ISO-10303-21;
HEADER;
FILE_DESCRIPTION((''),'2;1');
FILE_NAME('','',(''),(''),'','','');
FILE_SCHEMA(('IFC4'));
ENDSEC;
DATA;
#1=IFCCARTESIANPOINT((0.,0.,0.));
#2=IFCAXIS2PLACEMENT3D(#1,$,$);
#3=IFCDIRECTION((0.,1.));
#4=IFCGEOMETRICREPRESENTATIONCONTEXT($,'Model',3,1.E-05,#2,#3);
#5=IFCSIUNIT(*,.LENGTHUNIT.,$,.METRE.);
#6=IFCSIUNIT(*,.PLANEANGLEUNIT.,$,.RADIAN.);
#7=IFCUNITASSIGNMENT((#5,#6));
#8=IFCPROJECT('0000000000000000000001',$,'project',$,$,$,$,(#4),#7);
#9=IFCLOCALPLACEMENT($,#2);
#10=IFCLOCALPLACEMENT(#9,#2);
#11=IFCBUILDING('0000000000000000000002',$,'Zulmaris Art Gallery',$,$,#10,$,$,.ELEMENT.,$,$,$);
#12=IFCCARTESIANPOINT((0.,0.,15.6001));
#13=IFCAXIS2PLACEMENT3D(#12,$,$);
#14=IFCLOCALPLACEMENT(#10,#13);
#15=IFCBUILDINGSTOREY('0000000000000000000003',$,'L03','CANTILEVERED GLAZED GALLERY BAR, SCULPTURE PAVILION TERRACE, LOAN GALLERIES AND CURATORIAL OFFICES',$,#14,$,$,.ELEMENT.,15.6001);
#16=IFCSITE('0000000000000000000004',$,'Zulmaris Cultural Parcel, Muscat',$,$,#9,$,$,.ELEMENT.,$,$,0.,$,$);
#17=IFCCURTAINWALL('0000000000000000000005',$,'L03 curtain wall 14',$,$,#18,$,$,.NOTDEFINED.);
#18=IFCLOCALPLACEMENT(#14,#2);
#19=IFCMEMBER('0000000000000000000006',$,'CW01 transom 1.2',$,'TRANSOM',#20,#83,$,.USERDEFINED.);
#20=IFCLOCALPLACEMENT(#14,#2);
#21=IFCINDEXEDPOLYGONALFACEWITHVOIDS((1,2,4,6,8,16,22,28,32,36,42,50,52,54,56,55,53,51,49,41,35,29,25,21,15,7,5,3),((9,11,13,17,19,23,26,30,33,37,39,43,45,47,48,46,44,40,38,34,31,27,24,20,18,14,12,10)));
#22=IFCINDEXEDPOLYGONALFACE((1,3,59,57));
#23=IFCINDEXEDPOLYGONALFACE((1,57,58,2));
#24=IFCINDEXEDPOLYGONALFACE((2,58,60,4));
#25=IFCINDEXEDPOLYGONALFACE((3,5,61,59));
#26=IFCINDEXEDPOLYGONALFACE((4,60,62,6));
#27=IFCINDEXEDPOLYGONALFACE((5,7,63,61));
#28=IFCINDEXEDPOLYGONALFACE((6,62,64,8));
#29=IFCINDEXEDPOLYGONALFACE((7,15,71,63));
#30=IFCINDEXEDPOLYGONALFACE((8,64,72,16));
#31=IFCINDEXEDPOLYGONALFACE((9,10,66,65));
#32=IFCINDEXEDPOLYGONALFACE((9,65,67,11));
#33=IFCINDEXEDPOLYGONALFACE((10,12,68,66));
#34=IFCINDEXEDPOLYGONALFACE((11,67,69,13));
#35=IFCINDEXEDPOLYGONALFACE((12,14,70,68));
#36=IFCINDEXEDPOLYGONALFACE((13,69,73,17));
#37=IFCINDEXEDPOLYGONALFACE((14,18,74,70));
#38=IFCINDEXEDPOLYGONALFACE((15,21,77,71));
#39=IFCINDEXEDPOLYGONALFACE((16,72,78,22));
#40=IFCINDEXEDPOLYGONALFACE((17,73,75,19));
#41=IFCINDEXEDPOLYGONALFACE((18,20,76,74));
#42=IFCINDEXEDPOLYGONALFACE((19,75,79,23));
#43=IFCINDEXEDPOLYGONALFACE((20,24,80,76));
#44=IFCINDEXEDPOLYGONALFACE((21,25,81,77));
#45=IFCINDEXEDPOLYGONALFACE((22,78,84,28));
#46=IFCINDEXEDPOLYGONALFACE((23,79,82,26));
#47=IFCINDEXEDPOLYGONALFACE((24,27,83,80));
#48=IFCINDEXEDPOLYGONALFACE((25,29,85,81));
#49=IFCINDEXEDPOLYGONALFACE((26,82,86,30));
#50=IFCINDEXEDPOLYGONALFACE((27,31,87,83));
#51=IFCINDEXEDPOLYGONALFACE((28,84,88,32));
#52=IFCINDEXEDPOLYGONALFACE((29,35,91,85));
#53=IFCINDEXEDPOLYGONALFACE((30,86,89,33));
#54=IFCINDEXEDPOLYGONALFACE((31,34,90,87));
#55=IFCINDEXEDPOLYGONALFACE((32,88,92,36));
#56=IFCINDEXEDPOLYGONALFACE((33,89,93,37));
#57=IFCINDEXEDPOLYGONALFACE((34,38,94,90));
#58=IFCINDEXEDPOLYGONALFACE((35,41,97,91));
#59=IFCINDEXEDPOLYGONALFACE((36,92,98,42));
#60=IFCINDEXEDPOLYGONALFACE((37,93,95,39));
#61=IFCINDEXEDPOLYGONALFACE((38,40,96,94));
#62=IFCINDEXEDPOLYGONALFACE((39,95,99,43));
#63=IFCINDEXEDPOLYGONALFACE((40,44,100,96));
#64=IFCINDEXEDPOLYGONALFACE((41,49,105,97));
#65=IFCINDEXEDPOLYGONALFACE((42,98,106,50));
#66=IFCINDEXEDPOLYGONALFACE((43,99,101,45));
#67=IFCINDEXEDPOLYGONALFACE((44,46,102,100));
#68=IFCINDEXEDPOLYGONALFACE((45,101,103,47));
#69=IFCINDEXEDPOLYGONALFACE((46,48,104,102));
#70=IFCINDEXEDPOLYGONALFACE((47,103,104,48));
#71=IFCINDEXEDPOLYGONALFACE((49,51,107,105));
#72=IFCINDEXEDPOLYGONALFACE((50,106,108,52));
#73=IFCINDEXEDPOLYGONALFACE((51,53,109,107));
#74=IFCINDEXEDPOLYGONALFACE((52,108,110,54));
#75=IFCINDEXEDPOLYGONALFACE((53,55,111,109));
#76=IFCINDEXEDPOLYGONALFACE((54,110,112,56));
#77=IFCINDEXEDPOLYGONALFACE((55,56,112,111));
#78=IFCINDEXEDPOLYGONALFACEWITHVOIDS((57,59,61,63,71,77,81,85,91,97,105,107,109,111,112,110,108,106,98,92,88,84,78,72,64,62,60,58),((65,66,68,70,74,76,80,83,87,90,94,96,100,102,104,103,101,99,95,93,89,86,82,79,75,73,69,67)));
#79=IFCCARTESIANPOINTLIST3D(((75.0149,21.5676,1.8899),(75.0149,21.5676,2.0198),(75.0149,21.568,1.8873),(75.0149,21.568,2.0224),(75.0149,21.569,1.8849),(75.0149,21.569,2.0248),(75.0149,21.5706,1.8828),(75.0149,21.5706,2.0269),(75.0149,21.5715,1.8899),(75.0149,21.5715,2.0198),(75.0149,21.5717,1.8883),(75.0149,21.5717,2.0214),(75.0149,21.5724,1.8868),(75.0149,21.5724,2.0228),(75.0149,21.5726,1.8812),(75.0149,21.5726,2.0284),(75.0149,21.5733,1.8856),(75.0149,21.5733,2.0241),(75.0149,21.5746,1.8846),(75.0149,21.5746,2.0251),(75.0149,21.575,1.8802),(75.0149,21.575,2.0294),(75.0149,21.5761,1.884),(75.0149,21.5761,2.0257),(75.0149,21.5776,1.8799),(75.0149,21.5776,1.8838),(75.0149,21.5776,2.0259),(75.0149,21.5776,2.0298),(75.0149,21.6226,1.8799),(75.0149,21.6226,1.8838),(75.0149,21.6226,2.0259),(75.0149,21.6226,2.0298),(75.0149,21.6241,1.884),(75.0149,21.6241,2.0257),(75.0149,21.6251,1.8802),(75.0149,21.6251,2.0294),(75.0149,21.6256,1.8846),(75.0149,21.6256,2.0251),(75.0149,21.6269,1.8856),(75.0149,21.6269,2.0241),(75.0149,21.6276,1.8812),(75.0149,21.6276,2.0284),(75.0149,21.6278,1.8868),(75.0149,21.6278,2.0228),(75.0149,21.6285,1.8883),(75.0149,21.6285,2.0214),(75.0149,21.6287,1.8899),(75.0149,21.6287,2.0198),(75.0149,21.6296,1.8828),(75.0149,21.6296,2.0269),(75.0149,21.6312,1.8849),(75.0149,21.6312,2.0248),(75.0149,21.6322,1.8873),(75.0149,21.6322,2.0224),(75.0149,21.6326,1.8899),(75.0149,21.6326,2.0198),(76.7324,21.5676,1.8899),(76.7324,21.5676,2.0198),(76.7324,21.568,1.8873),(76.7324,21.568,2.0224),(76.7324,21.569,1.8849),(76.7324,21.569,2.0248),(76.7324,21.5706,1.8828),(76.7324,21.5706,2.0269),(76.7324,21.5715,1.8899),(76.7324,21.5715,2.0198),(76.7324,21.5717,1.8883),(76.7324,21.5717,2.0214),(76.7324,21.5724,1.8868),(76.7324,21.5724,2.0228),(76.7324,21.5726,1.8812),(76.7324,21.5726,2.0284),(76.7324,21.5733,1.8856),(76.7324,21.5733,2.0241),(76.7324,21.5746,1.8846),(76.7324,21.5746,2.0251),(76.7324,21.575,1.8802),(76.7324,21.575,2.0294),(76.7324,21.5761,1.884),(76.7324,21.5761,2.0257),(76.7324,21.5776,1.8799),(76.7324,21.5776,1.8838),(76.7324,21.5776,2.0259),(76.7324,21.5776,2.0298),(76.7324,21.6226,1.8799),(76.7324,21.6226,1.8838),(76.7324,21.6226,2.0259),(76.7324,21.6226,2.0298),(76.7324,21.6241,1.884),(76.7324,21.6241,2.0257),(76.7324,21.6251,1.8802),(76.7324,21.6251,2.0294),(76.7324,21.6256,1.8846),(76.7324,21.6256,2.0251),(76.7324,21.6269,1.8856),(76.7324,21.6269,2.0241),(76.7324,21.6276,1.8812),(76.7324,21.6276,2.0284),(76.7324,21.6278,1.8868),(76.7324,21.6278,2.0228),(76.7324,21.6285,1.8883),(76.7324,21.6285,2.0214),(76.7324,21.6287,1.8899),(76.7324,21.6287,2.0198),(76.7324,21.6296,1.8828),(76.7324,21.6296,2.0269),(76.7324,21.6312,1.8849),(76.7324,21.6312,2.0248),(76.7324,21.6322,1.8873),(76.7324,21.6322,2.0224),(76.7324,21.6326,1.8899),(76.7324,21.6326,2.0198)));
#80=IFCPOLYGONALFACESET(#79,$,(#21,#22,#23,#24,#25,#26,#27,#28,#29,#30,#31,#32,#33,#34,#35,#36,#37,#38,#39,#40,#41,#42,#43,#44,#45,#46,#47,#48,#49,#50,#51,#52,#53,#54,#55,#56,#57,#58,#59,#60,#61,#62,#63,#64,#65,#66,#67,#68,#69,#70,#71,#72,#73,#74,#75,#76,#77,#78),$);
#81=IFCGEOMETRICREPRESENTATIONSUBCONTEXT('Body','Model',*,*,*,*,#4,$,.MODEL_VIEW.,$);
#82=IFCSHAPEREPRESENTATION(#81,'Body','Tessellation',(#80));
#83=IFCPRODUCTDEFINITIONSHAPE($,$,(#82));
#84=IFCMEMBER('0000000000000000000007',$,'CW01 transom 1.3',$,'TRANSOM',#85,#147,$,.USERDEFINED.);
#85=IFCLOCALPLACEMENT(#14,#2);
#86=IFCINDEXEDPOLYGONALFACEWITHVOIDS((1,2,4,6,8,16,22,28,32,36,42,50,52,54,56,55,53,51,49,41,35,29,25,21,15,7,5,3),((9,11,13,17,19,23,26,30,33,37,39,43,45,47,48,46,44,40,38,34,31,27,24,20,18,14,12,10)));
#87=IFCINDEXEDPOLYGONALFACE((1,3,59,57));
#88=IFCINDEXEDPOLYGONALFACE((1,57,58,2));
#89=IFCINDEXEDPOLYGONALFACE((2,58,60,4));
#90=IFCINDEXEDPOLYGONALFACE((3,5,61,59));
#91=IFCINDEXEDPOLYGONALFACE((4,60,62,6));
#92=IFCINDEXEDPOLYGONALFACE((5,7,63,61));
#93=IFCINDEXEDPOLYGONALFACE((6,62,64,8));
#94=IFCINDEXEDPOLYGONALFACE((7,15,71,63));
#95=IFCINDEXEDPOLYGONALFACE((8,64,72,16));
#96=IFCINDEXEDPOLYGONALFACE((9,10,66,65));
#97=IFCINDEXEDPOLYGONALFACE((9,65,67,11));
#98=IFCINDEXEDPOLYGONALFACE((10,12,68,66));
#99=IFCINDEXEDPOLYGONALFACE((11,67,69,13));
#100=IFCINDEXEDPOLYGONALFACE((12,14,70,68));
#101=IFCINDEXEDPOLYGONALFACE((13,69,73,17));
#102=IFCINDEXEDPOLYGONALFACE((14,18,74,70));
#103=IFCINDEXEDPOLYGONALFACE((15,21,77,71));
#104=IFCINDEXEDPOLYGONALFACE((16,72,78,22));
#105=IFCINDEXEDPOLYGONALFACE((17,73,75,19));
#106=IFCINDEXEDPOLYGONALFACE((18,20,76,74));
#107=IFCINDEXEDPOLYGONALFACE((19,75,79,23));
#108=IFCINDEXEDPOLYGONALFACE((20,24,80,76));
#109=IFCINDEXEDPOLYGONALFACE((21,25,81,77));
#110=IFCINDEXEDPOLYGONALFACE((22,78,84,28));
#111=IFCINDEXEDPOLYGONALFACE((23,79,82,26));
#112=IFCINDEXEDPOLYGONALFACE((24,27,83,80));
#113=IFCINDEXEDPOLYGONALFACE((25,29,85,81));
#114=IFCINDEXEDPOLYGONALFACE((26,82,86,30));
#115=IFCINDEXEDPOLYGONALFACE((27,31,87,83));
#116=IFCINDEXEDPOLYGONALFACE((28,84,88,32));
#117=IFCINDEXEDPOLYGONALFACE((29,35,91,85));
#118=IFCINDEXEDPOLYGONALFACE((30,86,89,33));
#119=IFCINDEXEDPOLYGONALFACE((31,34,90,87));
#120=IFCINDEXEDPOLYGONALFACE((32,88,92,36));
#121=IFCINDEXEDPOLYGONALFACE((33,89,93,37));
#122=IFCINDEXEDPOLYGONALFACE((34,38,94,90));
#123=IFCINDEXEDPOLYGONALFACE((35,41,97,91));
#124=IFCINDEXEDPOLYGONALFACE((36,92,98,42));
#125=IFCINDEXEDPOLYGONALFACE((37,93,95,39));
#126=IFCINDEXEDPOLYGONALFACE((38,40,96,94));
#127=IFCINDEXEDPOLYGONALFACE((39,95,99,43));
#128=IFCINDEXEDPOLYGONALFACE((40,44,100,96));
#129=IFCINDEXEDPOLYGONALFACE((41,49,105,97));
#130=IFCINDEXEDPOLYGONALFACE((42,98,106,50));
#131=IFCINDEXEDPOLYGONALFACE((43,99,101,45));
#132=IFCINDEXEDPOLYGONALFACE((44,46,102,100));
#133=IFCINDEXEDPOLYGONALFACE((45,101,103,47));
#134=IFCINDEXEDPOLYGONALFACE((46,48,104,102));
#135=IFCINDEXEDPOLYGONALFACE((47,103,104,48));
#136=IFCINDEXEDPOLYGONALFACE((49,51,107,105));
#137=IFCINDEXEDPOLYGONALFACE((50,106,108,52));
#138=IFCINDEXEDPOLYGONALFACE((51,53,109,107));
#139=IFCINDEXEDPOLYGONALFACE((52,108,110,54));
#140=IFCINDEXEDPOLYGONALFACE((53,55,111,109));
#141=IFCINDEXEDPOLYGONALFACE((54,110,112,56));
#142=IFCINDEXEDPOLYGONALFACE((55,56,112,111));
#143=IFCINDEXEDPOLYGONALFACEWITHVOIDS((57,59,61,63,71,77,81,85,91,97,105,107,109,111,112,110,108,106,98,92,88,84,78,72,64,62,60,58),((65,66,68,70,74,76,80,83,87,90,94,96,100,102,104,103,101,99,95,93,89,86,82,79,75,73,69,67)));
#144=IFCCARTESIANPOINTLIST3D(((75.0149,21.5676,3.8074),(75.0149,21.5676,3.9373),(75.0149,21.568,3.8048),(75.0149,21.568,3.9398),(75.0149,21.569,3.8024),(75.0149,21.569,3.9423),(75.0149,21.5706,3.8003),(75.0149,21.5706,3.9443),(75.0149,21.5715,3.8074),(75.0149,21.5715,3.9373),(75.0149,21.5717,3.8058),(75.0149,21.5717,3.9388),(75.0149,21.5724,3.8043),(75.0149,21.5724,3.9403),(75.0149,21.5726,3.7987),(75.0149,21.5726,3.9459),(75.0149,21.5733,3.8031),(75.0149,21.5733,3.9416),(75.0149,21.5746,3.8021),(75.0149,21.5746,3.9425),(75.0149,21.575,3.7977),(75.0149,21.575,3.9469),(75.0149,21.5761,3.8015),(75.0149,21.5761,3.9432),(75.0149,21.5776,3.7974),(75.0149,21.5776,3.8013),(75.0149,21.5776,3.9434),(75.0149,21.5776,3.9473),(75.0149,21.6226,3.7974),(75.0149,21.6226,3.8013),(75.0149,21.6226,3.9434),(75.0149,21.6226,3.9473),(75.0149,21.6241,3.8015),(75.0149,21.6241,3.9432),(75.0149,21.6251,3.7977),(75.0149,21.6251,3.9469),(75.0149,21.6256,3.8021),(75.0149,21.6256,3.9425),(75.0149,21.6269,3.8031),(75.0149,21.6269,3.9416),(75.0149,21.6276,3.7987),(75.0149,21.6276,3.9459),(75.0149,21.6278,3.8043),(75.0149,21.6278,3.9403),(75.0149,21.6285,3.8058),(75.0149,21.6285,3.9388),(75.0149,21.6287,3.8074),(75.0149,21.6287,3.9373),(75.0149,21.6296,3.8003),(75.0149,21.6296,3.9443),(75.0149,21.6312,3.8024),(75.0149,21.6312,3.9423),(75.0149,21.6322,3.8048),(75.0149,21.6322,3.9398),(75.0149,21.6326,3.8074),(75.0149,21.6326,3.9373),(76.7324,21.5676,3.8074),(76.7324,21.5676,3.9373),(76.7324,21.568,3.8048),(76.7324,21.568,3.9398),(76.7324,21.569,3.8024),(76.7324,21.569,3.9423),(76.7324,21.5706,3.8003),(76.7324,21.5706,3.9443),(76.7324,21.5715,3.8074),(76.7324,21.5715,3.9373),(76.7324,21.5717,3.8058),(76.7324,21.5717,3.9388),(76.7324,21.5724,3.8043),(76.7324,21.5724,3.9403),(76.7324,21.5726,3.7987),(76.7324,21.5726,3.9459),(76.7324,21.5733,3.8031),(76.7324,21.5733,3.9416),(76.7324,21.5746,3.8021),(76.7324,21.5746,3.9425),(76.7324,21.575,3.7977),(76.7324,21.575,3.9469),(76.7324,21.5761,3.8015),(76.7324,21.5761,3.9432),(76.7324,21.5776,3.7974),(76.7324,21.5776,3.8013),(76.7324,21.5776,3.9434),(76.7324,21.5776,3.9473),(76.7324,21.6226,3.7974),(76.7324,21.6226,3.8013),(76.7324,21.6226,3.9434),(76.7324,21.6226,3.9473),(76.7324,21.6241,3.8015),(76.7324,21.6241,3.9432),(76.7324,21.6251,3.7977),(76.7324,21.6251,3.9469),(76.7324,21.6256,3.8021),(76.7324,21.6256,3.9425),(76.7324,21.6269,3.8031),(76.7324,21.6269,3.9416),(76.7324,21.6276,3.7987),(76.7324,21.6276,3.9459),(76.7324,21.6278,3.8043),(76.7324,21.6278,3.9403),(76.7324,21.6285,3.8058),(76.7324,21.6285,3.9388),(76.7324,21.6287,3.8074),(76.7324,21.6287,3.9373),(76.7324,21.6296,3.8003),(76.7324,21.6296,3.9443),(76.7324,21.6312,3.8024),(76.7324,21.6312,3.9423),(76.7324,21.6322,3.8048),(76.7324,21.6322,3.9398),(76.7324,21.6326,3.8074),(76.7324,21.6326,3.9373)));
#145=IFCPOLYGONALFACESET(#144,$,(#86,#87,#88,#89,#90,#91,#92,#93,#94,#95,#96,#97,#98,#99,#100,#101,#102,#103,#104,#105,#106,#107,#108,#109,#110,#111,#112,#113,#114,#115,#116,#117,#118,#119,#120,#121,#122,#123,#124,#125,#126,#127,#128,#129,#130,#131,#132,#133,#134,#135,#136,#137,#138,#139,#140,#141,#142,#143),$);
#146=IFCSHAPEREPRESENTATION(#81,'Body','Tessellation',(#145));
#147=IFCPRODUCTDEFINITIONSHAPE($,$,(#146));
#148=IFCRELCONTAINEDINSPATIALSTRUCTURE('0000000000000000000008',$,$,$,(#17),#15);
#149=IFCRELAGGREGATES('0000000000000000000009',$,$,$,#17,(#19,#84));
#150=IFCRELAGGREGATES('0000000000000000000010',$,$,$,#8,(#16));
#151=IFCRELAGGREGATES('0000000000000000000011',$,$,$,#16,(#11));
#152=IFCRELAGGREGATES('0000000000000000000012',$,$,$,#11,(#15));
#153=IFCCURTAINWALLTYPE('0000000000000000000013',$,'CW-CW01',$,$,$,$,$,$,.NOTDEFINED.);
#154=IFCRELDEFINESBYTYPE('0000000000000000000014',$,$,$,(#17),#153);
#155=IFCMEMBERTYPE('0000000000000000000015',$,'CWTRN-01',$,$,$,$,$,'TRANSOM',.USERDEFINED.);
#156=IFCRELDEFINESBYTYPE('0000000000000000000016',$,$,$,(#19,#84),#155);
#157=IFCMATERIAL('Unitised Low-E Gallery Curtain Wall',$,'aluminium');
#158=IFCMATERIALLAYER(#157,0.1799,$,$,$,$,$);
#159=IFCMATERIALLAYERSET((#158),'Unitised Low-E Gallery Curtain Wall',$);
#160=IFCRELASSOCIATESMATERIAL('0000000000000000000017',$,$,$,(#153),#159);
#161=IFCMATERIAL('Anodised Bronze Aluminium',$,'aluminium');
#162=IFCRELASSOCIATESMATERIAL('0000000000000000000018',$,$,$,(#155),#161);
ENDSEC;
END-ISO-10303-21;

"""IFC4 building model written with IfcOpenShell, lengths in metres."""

from ifc_helpers import new_model, si_unit, direction, frame, origin, origin_2d, place, context, subcontext, project, spatial, hollow_rectangle, extrude, material, layer, layer_set, material_profile, profile_set, type_object, element, aggregate, save


model = new_model("IFC4")

# Units and contexts
model_context = context("Model", 3, precision=1e-05, world=origin(), true_north=direction((0.0, 1.0)))
body_context = subcontext(model_context, "Body", "Model", "MODEL_VIEW")
ifc_project = project(units=[si_unit("LENGTHUNIT", "METRE"), si_unit("PLANEANGLEUNIT", "RADIAN")], contexts=[model_context])

# Site, building, storey
site_placement = place(None, origin())
site = spatial("IfcSite", under=ifc_project, at=site_placement, Name="Zulmaris Cultural Parcel, Muscat", CompositionType="ELEMENT", RefElevation=0.0)
building_placement = place(site_placement, origin())
building = spatial("IfcBuilding", under=site, at=building_placement, Name="Zulmaris Art Gallery", CompositionType="ELEMENT")
storey_placement = place(building_placement, frame((0.0, 0.0, 15.6001)))
storey = spatial("IfcBuildingStorey", under=building, at=storey_placement, Name="L03", Description="CANTILEVERED GLAZED GALLERY BAR, SCULPTURE PAVILION TERRACE, LOAN GALLERIES AND CURATORIAL OFFICES", CompositionType="ELEMENT", Elevation=15.6001)

# Curtain wall
ifc_material_1 = material(Name="Unitised Low-E Gallery Curtain Wall", Category="aluminium")
ifc_layer_1 = layer(ifc_material_1, 0.1799)
ifc_layer_set_1 = layer_set([ifc_layer_1], Name="Unitised Low-E Gallery Curtain Wall")
curtain_wall_type_1 = type_object("IfcCurtainWallType", Name="CW-CW01", PredefinedType="NOTDEFINED", material=ifc_layer_set_1)
curtain_wall_1_placement = place(storey_placement, origin())
curtain_wall_1 = element("IfcCurtainWall", 1, at=curtain_wall_1_placement, inside=storey, type_object=curtain_wall_type_1, Name="L03 curtain wall 14", PredefinedType="NOTDEFINED")
ifc_material_2 = material(Name="Anodised Bronze Aluminium", Category="aluminium")

# Members
ifc_material_profile_1 = material_profile(ifc_material_2, hollow_rectangle(XDim=0.0649, YDim=0.1499, WallThickness=0.0039, InnerFilletRadius=0.0061, OuterFilletRadius=0.01, at=origin_2d()), Name="ALU 65x150x4")
ifc_profile_set_1 = profile_set([ifc_material_profile_1], Name="Anodised Bronze Aluminium")
member_type_1 = type_object("IfcMemberType", Name="CWTRN-01", ElementType="TRANSOM", PredefinedType="USERDEFINED", material=ifc_profile_set_1)
member_1_placement = place(storey_placement, frame((75.0149, 21.6001, 1.9548), z_axis=(1.0, 0.0, 0.0), x_axis=(0.0, 1.0, 0.0)))
member_1 = element("IfcMember", 2, at=member_1_placement, type_object=member_type_1, Name="CW01 transom 1.2", ObjectType="TRANSOM", PredefinedType="USERDEFINED", context=body_context, shape_type="SweptSolid", body=[
    extrude(hollow_rectangle(XDim=0.0649, YDim=0.1499, WallThickness=0.0039, InnerFilletRadius=0.0061, OuterFilletRadius=0.01, at=origin_2d()), origin(), (0.0, 0.0, 1.0), 1.7175),
])
member_2_placement = place(storey_placement, frame((75.0149, 21.6001, 3.8723), z_axis=(1.0, 0.0, 0.0), x_axis=(0.0, 1.0, 0.0)))
member_2 = element("IfcMember", 3, at=member_2_placement, type_object=member_type_1, Name="CW01 transom 1.3", ObjectType="TRANSOM", PredefinedType="USERDEFINED", context=body_context, shape_type="SweptSolid", body=[
    extrude(hollow_rectangle(XDim=0.0649, YDim=0.1499, WallThickness=0.0039, InnerFilletRadius=0.0061, OuterFilletRadius=0.01, at=origin_2d()), origin(), (0.0, 0.0, 1.0), 1.7175),
])

aggregate(curtain_wall_1, [member_1, member_2])

save(model, "model.ifc")
